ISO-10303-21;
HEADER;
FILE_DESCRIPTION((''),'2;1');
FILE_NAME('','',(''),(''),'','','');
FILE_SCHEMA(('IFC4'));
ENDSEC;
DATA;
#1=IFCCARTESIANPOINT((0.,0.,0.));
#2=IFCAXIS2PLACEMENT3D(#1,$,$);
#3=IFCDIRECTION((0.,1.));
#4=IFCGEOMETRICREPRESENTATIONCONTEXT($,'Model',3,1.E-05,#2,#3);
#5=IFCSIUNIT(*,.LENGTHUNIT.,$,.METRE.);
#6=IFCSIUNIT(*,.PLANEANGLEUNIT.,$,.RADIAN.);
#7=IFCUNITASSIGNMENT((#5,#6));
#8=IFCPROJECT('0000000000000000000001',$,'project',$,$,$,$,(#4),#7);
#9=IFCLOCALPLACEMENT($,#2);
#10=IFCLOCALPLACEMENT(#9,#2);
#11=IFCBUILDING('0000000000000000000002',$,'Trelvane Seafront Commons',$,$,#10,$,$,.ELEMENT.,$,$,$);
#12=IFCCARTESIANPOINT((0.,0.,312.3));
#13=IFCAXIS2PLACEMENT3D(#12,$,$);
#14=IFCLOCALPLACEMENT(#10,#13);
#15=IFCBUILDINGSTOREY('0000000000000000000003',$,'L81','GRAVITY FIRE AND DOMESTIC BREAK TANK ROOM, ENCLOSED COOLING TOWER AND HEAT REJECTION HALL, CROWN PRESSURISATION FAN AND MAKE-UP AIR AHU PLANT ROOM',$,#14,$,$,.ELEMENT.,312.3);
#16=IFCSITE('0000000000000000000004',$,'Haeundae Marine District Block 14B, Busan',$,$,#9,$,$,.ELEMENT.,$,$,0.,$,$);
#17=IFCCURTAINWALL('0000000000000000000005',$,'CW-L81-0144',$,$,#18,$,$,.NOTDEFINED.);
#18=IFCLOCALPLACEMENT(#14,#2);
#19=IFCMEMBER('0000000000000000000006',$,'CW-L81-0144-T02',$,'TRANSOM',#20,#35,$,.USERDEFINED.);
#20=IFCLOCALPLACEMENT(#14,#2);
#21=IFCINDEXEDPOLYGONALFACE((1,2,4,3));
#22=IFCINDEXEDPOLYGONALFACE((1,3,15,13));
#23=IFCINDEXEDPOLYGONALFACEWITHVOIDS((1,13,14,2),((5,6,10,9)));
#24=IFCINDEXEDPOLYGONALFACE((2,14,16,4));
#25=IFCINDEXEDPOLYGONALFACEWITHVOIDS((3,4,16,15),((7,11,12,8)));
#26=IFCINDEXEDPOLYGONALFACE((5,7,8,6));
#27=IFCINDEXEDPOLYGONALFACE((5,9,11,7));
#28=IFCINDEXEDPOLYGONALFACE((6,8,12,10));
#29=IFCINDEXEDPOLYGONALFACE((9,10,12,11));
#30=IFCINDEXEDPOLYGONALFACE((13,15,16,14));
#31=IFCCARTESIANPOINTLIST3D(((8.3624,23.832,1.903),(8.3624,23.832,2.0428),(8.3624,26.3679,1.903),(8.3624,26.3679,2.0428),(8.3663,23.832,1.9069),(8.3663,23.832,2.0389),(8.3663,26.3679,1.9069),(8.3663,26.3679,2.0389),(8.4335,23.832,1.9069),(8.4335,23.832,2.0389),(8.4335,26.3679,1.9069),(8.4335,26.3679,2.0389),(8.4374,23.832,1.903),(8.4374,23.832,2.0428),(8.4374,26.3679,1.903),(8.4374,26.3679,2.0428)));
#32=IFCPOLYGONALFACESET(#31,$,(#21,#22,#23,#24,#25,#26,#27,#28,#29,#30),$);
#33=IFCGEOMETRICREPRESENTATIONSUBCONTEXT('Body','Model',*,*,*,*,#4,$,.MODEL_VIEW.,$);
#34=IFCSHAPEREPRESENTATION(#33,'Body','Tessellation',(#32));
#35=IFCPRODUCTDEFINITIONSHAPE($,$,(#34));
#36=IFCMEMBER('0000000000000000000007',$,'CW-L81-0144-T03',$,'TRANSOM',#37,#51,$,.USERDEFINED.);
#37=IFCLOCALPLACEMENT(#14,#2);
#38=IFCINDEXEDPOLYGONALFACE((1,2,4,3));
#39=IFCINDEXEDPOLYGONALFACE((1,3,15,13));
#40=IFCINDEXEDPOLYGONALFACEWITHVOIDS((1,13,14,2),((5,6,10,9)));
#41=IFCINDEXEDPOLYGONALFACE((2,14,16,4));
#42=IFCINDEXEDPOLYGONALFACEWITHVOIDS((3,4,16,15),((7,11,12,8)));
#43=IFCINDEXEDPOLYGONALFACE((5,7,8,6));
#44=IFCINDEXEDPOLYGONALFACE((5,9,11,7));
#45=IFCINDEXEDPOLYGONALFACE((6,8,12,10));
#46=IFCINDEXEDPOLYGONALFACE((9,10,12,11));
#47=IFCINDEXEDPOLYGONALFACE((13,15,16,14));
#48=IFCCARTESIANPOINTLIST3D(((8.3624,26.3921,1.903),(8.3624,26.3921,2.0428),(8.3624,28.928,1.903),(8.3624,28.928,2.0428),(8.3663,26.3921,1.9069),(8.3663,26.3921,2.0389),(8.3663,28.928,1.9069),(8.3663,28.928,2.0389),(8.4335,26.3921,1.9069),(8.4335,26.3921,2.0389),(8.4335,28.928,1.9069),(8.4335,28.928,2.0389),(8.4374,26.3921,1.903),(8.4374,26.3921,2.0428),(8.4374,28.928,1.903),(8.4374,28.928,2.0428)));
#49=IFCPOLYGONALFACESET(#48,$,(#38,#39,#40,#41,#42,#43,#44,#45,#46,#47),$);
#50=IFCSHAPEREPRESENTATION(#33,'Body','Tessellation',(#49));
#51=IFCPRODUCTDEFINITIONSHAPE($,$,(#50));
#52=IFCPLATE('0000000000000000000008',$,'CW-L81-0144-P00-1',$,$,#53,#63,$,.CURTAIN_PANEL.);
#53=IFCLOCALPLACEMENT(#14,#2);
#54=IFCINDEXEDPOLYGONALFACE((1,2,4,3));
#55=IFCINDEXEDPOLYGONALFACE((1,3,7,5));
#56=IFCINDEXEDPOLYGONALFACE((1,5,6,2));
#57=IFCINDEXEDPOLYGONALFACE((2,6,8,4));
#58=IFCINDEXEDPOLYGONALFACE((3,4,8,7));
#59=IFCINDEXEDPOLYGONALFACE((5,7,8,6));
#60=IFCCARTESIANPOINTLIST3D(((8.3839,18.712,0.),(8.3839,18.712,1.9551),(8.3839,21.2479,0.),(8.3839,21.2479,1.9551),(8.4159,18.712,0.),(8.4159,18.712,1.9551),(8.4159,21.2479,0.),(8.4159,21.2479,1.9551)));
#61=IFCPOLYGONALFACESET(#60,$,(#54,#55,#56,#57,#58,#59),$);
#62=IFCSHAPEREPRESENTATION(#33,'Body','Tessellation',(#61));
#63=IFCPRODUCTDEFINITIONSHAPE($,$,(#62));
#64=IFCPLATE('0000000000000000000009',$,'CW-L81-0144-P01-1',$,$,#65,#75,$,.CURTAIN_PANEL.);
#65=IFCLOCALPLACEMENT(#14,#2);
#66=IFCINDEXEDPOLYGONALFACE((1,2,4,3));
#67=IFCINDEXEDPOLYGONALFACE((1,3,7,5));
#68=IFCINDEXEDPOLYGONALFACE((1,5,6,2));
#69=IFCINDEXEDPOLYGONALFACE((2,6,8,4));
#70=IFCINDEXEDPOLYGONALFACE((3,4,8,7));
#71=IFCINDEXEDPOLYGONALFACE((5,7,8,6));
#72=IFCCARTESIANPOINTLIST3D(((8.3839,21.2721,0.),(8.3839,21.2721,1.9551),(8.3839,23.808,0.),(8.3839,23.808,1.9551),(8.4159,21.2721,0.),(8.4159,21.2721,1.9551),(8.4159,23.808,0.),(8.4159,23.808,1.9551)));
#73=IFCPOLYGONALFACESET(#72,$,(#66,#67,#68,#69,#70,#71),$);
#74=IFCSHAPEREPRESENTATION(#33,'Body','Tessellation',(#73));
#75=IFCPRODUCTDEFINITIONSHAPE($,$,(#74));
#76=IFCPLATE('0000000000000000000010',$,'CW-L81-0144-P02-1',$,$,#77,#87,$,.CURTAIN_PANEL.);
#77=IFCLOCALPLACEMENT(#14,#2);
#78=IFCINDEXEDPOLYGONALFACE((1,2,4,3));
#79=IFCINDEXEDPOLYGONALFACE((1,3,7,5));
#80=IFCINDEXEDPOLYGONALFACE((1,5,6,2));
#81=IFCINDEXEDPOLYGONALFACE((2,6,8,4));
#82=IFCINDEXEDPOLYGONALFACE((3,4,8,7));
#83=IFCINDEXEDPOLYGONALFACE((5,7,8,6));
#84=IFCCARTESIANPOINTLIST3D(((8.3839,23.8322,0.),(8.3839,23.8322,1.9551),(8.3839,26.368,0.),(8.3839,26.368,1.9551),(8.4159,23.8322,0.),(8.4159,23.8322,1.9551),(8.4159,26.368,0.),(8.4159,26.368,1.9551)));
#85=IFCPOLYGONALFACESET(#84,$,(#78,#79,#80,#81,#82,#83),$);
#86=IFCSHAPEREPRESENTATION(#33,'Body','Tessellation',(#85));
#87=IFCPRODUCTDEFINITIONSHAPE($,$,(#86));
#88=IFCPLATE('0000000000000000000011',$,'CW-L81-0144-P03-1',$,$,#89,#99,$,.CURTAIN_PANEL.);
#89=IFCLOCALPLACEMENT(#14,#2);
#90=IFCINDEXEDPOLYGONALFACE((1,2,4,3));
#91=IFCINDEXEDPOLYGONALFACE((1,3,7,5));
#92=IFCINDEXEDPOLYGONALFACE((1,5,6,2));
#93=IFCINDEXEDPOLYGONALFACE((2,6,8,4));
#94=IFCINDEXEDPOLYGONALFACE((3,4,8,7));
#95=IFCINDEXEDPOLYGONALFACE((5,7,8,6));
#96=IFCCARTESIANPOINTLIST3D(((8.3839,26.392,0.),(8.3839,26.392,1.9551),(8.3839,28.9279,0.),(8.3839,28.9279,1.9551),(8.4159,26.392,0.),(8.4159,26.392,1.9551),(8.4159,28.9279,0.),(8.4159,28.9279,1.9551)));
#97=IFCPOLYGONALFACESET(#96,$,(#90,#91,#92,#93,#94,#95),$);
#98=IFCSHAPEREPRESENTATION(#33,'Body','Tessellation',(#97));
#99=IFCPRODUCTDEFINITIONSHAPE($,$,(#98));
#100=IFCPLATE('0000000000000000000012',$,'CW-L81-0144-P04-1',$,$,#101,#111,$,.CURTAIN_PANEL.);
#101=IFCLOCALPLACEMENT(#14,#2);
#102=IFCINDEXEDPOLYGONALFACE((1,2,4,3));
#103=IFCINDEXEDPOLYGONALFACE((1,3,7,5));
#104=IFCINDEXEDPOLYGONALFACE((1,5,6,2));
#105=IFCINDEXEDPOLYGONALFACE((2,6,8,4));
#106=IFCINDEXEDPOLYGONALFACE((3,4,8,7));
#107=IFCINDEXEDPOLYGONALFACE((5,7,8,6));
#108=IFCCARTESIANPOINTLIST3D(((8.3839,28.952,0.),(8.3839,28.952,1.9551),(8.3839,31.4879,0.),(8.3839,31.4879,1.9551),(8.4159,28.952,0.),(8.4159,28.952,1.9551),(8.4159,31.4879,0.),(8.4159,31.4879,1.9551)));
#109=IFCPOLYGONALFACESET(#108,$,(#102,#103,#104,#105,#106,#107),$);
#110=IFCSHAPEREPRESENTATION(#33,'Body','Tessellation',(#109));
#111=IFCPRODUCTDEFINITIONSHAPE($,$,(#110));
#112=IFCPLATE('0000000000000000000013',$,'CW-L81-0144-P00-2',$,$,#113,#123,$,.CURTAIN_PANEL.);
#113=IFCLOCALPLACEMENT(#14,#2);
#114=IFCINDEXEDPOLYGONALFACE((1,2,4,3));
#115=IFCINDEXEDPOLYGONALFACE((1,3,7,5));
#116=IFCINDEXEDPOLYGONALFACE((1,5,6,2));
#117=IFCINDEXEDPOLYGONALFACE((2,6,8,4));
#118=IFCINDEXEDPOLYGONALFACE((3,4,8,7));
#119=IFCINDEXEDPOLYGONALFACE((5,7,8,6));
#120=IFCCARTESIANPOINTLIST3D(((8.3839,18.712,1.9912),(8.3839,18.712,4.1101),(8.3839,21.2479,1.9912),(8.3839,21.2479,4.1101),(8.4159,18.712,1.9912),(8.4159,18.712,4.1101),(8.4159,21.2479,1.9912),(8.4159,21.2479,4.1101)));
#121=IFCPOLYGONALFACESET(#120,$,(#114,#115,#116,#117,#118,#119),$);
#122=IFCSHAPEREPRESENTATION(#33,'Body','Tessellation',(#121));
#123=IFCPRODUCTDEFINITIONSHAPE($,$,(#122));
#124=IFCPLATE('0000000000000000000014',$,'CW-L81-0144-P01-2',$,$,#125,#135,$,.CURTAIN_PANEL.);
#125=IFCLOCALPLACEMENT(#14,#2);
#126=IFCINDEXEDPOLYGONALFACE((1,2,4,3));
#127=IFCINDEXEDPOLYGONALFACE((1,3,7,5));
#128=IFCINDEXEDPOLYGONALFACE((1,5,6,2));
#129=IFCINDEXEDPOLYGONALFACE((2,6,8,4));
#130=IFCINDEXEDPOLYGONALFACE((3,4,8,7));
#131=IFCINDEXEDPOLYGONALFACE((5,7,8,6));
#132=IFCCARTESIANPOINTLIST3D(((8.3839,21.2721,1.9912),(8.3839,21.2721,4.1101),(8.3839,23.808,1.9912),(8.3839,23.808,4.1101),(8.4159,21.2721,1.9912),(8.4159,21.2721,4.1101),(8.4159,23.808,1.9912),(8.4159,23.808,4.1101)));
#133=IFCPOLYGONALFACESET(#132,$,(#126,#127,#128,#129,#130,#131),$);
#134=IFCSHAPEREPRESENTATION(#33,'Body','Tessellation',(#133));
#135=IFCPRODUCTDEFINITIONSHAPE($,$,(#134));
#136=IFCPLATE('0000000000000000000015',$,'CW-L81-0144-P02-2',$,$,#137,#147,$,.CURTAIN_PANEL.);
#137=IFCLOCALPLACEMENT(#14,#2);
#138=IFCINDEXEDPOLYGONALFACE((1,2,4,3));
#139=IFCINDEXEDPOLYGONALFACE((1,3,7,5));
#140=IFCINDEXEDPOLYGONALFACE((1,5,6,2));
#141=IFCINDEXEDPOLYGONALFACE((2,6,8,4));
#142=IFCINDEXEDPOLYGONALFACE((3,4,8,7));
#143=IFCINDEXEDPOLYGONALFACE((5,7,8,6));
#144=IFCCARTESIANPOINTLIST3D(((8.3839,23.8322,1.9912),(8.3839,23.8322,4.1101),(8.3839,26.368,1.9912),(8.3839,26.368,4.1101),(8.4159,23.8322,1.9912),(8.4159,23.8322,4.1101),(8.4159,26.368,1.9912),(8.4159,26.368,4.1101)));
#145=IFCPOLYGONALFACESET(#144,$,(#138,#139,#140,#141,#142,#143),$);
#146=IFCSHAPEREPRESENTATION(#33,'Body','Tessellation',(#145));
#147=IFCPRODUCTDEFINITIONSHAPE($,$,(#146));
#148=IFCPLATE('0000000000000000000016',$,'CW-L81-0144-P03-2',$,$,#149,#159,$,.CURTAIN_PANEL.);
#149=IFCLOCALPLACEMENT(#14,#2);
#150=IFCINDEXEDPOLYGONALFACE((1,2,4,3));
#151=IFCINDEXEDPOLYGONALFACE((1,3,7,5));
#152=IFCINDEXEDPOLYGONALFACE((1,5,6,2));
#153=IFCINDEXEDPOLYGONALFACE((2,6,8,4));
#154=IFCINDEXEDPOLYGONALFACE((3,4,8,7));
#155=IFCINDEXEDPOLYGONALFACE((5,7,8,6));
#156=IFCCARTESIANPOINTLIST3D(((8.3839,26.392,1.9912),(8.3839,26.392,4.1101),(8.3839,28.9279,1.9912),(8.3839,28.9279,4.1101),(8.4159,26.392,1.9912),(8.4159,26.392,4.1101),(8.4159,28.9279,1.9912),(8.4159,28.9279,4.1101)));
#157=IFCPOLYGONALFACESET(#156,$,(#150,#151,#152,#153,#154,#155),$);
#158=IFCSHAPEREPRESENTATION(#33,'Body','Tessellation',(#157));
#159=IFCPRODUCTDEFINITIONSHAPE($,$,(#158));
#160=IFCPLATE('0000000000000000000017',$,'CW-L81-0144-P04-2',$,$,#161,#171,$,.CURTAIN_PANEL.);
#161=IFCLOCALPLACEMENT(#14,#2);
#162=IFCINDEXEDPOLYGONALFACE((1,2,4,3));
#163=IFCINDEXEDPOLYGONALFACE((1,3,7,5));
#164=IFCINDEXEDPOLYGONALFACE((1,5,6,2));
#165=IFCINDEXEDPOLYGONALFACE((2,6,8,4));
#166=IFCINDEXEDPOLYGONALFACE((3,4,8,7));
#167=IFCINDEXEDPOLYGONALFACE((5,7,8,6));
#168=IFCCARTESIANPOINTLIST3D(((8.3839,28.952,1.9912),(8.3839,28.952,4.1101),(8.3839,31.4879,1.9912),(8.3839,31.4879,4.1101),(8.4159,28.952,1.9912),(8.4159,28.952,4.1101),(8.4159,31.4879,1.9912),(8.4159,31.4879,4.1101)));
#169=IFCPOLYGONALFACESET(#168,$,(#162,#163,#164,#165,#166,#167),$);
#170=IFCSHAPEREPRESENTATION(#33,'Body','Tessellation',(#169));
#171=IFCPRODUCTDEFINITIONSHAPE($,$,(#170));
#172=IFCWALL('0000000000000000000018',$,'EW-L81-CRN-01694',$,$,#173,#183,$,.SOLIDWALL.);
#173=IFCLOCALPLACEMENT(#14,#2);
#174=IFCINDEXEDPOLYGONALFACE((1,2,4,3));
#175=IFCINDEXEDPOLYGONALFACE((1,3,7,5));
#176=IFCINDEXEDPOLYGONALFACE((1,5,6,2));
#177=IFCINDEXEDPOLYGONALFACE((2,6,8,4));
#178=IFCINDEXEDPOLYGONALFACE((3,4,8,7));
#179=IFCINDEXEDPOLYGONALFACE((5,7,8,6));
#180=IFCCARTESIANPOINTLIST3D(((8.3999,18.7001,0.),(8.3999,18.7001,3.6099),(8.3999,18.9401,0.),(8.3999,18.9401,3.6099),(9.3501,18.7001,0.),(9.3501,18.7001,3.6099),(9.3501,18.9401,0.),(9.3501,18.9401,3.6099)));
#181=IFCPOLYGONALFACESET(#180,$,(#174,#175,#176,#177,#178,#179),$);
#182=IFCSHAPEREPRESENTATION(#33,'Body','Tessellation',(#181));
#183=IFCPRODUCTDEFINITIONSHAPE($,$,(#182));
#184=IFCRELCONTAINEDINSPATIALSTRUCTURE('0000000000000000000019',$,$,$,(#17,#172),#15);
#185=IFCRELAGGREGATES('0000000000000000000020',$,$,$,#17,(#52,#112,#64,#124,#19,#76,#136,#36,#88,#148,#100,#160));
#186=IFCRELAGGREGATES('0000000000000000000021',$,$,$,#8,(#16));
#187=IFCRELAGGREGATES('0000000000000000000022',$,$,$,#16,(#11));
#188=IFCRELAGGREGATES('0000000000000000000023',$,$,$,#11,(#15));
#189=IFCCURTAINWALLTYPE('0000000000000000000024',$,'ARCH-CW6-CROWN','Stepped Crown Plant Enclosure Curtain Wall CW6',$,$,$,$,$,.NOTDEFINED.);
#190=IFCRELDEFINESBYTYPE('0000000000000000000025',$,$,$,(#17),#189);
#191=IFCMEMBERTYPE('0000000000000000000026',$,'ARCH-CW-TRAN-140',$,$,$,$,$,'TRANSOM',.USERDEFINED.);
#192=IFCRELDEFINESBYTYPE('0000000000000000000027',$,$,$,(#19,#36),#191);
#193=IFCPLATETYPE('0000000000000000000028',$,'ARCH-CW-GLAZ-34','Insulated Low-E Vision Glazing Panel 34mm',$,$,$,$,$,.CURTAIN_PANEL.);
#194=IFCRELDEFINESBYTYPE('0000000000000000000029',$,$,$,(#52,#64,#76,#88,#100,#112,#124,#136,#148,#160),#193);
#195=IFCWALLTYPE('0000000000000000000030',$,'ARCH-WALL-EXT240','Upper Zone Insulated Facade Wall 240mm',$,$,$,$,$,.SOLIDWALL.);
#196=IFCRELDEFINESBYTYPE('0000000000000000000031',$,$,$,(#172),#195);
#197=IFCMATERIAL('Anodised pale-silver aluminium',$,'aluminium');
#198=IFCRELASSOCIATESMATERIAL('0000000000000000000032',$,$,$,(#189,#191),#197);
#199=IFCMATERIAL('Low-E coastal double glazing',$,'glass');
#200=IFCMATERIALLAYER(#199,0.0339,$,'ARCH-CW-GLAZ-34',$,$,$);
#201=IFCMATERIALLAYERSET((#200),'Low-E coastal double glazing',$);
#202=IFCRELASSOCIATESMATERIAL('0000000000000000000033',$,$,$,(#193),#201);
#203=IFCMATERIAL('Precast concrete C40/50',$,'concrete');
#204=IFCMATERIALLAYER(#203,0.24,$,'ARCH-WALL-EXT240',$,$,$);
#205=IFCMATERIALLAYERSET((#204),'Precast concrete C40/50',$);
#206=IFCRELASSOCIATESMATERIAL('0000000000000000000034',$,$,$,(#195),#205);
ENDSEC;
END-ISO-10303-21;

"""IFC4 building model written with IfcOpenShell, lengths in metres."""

from ifc_helpers import new_model, si_unit, direction, frame, frame_2d, origin, origin_2d, place, context, subcontext, project, spatial, rectangle, hollow_rectangle, extrude, source, transform, mapped, material, layer, layer_set, material_profile, profile_set, type_object, element, aggregate, save


model = new_model("IFC4")

# Units and contexts
model_context = context("Model", 3, precision=1e-05, world=origin(), true_north=direction((0.0, 1.0)))
body_context = subcontext(model_context, "Body", "Model", "MODEL_VIEW")
ifc_project = project(units=[si_unit("LENGTHUNIT", "METRE"), si_unit("PLANEANGLEUNIT", "RADIAN")], contexts=[model_context])

# Site, building, storey
site_placement = place(None, origin())
site = spatial("IfcSite", under=ifc_project, at=site_placement, Name="Haeundae Marine District Block 14B, Busan", CompositionType="ELEMENT", RefElevation=0.0)
building_placement = place(site_placement, origin())
building = spatial("IfcBuilding", under=site, at=building_placement, Name="Trelvane Seafront Commons", CompositionType="ELEMENT")
storey_placement = place(building_placement, frame((0.0, 0.0, 312.3)))
storey = spatial("IfcBuildingStorey", under=building, at=storey_placement, Name="L81", Description="GRAVITY FIRE AND DOMESTIC BREAK TANK ROOM, ENCLOSED COOLING TOWER AND HEAT REJECTION HALL, CROWN PRESSURISATION FAN AND MAKE-UP AIR AHU PLANT ROOM", CompositionType="ELEMENT", Elevation=312.3)

# Curtain wall, members, plates
ifc_material_1 = material(Name="Anodised pale-silver aluminium", Category="aluminium")
curtain_wall_type = type_object("IfcCurtainWallType", Name="ARCH-CW6-CROWN", Description="Stepped Crown Plant Enclosure Curtain Wall CW6", PredefinedType="NOTDEFINED", material=ifc_material_1)
curtain_wall_placement = place(storey_placement, origin())
curtain_wall = element("IfcCurtainWall", 1, at=curtain_wall_placement, inside=storey, type_object=curtain_wall_type, Name="CW-L81-0144", PredefinedType="NOTDEFINED")
ifc_material_profile_1 = material_profile(ifc_material_1, hollow_rectangle(XDim=0.075, YDim=0.1399, WallThickness=0.0039, at=origin_2d()), Name="TRAN-75x140x4")
ifc_profile_set_1 = profile_set([ifc_material_profile_1], Name="Anodised pale-silver aluminium")
member_type_1 = type_object("IfcMemberType", Name="ARCH-CW-TRAN-140", ElementType="TRANSOM", PredefinedType="USERDEFINED", material=ifc_profile_set_1)
shared_shape_1 = source(origin(), body_context, "Body", "SweptSolid", [
    extrude(hollow_rectangle(XDim=0.075, YDim=0.1399, WallThickness=0.0039, at=origin_2d()), origin(), (0.0, 0.0, 1.0), 2.5359),
])
member_1_placement = place(storey_placement, frame((8.3999, 23.832, 1.9729), z_axis=(0.0, 1.0, 0.0), x_axis=(-1.0, 0.0, 0.0)))
member_1 = element("IfcMember", 2, at=member_1_placement, type_object=member_type_1, Name="CW-L81-0144-T02", ObjectType="TRANSOM", PredefinedType="USERDEFINED", context=body_context, shape_type="MappedRepresentation", body=[
    mapped(shared_shape_1, transform((0.0, 0.0, 0.0), x_axis=(1.0, 0.0, 0.0), y_axis=(0.0, 1.0, 0.0), z_axis=(0.0, 0.0, 1.0), scale=1.0)),
])
member_2_placement = place(storey_placement, frame((8.3999, 26.3921, 1.9729), z_axis=(0.0, 1.0, 0.0), x_axis=(-1.0, 0.0, 0.0)))
member_2 = element("IfcMember", 3, at=member_2_placement, type_object=member_type_1, Name="CW-L81-0144-T03", ObjectType="TRANSOM", PredefinedType="USERDEFINED", context=body_context, shape_type="MappedRepresentation", body=[
    mapped(shared_shape_1, transform((0.0, 0.0, 0.0), x_axis=(1.0, 0.0, 0.0), y_axis=(0.0, 1.0, 0.0), z_axis=(0.0, 0.0, 1.0), scale=1.0)),
])
ifc_material_2 = material(Name="Low-E coastal double glazing", Category="glass")
ifc_layer_1 = layer(ifc_material_2, 0.0339, Name="ARCH-CW-GLAZ-34")
ifc_layer_set_1 = layer_set([ifc_layer_1], Name="Low-E coastal double glazing")
plate_type = type_object("IfcPlateType", Name="ARCH-CW-GLAZ-34", Description="Insulated Low-E Vision Glazing Panel 34mm", PredefinedType="CURTAIN_PANEL", material=ifc_layer_set_1)
shared_shape_2 = source(origin(), body_context, "Body", "SweptSolid", [
    extrude(rectangle(XDim=2.5359, YDim=0.032, at=origin_2d()), origin(), (0.0, 0.0, 1.0), 1.9551),
])
plate_1_placement = place(storey_placement, frame((8.3999, 19.98, 0.0), z_axis=(0.0, 0.0, 1.0), x_axis=(0.0, 1.0, 0.0)))
plate_1 = element("IfcPlate", 4, at=plate_1_placement, type_object=plate_type, Name="CW-L81-0144-P00-1", PredefinedType="CURTAIN_PANEL", context=body_context, shape_type="MappedRepresentation", body=[
    mapped(shared_shape_2, transform((0.0, 0.0, 0.0), x_axis=(1.0, 0.0, 0.0), y_axis=(0.0, 1.0, 0.0), z_axis=(0.0, 0.0, 1.0), scale=1.0)),
])
plate_2_placement = place(storey_placement, frame((8.3999, 22.54, 0.0), z_axis=(0.0, 0.0, 1.0), x_axis=(0.0, 1.0, 0.0)))
plate_2 = element("IfcPlate", 5, at=plate_2_placement, type_object=plate_type, Name="CW-L81-0144-P01-1", PredefinedType="CURTAIN_PANEL", context=body_context, shape_type="MappedRepresentation", body=[
    mapped(shared_shape_2, transform((0.0, 0.0, 0.0), x_axis=(1.0, 0.0, 0.0), y_axis=(0.0, 1.0, 0.0), z_axis=(0.0, 0.0, 1.0), scale=1.0)),
])
plate_3_placement = place(storey_placement, frame((8.3999, 25.1001, 0.0), z_axis=(0.0, 0.0, 1.0), x_axis=(0.0, 1.0, 0.0)))
plate_3 = element("IfcPlate", 6, at=plate_3_placement, type_object=plate_type, Name="CW-L81-0144-P02-1", PredefinedType="CURTAIN_PANEL", context=body_context, shape_type="MappedRepresentation", body=[
    mapped(shared_shape_2, transform((0.0, 0.0, 0.0), x_axis=(1.0, 0.0, 0.0), y_axis=(0.0, 1.0, 0.0), z_axis=(0.0, 0.0, 1.0), scale=1.0)),
])
plate_4_placement = place(storey_placement, frame((8.3999, 27.6599, 0.0), z_axis=(0.0, 0.0, 1.0), x_axis=(0.0, 1.0, 0.0)))
plate_4 = element("IfcPlate", 7, at=plate_4_placement, type_object=plate_type, Name="CW-L81-0144-P03-1", PredefinedType="CURTAIN_PANEL", context=body_context, shape_type="MappedRepresentation", body=[
    mapped(shared_shape_2, transform((0.0, 0.0, 0.0), x_axis=(1.0, 0.0, 0.0), y_axis=(0.0, 1.0, 0.0), z_axis=(0.0, 0.0, 1.0), scale=1.0)),
])
plate_5_placement = place(storey_placement, frame((8.3999, 30.22, 0.0), z_axis=(0.0, 0.0, 1.0), x_axis=(0.0, 1.0, 0.0)))
plate_5 = element("IfcPlate", 8, at=plate_5_placement, type_object=plate_type, Name="CW-L81-0144-P04-1", PredefinedType="CURTAIN_PANEL", context=body_context, shape_type="MappedRepresentation", body=[
    mapped(shared_shape_2, transform((0.0, 0.0, 0.0), x_axis=(1.0, 0.0, 0.0), y_axis=(0.0, 1.0, 0.0), z_axis=(0.0, 0.0, 1.0), scale=1.0)),
])
shared_shape_3 = source(origin(), body_context, "Body", "SweptSolid", [
    extrude(rectangle(XDim=2.5359, YDim=0.032, at=origin_2d()), origin(), (0.0, 0.0, 1.0), 2.1189),
])
plate_6_placement = place(storey_placement, frame((8.3999, 19.98, 1.9912), z_axis=(0.0, 0.0, 1.0), x_axis=(0.0, 1.0, 0.0)))
plate_6 = element("IfcPlate", 9, at=plate_6_placement, type_object=plate_type, Name="CW-L81-0144-P00-2", PredefinedType="CURTAIN_PANEL", context=body_context, shape_type="MappedRepresentation", body=[
    mapped(shared_shape_3, transform((0.0, 0.0, 0.0), x_axis=(1.0, 0.0, 0.0), y_axis=(0.0, 1.0, 0.0), z_axis=(0.0, 0.0, 1.0), scale=1.0)),
])
plate_7_placement = place(storey_placement, frame((8.3999, 22.54, 1.9912), z_axis=(0.0, 0.0, 1.0), x_axis=(0.0, 1.0, 0.0)))
plate_7 = element("IfcPlate", 10, at=plate_7_placement, type_object=plate_type, Name="CW-L81-0144-P01-2", PredefinedType="CURTAIN_PANEL", context=body_context, shape_type="MappedRepresentation", body=[
    mapped(shared_shape_3, transform((0.0, 0.0, 0.0), x_axis=(1.0, 0.0, 0.0), y_axis=(0.0, 1.0, 0.0), z_axis=(0.0, 0.0, 1.0), scale=1.0)),
])
plate_8_placement = place(storey_placement, frame((8.3999, 25.1001, 1.9912), z_axis=(0.0, 0.0, 1.0), x_axis=(0.0, 1.0, 0.0)))
plate_8 = element("IfcPlate", 11, at=plate_8_placement, type_object=plate_type, Name="CW-L81-0144-P02-2", PredefinedType="CURTAIN_PANEL", context=body_context, shape_type="MappedRepresentation", body=[
    mapped(shared_shape_3, transform((0.0, 0.0, 0.0), x_axis=(1.0, 0.0, 0.0), y_axis=(0.0, 1.0, 0.0), z_axis=(0.0, 0.0, 1.0), scale=1.0)),
])
plate_9_placement = place(storey_placement, frame((8.3999, 27.6599, 1.9912), z_axis=(0.0, 0.0, 1.0), x_axis=(0.0, 1.0, 0.0)))
plate_9 = element("IfcPlate", 12, at=plate_9_placement, type_object=plate_type, Name="CW-L81-0144-P03-2", PredefinedType="CURTAIN_PANEL", context=body_context, shape_type="MappedRepresentation", body=[
    mapped(shared_shape_3, transform((0.0, 0.0, 0.0), x_axis=(1.0, 0.0, 0.0), y_axis=(0.0, 1.0, 0.0), z_axis=(0.0, 0.0, 1.0), scale=1.0)),
])
plate_10_placement = place(storey_placement, frame((8.3999, 30.22, 1.9912), z_axis=(0.0, 0.0, 1.0), x_axis=(0.0, 1.0, 0.0)))
plate_10 = element("IfcPlate", 13, at=plate_10_placement, type_object=plate_type, Name="CW-L81-0144-P04-2", PredefinedType="CURTAIN_PANEL", context=body_context, shape_type="MappedRepresentation", body=[
    mapped(shared_shape_3, transform((0.0, 0.0, 0.0), x_axis=(1.0, 0.0, 0.0), y_axis=(0.0, 1.0, 0.0), z_axis=(0.0, 0.0, 1.0), scale=1.0)),
])
aggregate(curtain_wall, [plate_1, plate_6, plate_2, plate_7, member_1, plate_3, plate_8, member_2, plate_4, plate_9, plate_5, plate_10])

# Wall
ifc_material_3 = material(Name="Precast concrete C40/50", Category="concrete")
ifc_layer_2 = layer(ifc_material_3, 0.24, Name="ARCH-WALL-EXT240")
ifc_layer_set_2 = layer_set([ifc_layer_2], Name="Precast concrete C40/50")
wall_type_1 = type_object("IfcWallType", Name="ARCH-WALL-EXT240", Description="Upper Zone Insulated Facade Wall 240mm", PredefinedType="SOLIDWALL", material=ifc_layer_set_2)
wall_1_placement = place(storey_placement, frame((9.3501, 18.8201, 0.0), z_axis=(0.0, 0.0, 1.0), x_axis=(-1.0, 0.0, 0.0)))
element("IfcWall", 14, at=wall_1_placement, inside=storey, type_object=wall_type_1, Name="EW-L81-CRN-01694", PredefinedType="SOLIDWALL", context=body_context, shape_type="SweptSolid", body=[
    extrude(rectangle(XDim=0.9502, YDim=0.24, at=frame_2d((0.4751, 0.0))), origin(), (0.0, 0.0, 1.0), 3.6099),
])

save(model, "model.ifc")
